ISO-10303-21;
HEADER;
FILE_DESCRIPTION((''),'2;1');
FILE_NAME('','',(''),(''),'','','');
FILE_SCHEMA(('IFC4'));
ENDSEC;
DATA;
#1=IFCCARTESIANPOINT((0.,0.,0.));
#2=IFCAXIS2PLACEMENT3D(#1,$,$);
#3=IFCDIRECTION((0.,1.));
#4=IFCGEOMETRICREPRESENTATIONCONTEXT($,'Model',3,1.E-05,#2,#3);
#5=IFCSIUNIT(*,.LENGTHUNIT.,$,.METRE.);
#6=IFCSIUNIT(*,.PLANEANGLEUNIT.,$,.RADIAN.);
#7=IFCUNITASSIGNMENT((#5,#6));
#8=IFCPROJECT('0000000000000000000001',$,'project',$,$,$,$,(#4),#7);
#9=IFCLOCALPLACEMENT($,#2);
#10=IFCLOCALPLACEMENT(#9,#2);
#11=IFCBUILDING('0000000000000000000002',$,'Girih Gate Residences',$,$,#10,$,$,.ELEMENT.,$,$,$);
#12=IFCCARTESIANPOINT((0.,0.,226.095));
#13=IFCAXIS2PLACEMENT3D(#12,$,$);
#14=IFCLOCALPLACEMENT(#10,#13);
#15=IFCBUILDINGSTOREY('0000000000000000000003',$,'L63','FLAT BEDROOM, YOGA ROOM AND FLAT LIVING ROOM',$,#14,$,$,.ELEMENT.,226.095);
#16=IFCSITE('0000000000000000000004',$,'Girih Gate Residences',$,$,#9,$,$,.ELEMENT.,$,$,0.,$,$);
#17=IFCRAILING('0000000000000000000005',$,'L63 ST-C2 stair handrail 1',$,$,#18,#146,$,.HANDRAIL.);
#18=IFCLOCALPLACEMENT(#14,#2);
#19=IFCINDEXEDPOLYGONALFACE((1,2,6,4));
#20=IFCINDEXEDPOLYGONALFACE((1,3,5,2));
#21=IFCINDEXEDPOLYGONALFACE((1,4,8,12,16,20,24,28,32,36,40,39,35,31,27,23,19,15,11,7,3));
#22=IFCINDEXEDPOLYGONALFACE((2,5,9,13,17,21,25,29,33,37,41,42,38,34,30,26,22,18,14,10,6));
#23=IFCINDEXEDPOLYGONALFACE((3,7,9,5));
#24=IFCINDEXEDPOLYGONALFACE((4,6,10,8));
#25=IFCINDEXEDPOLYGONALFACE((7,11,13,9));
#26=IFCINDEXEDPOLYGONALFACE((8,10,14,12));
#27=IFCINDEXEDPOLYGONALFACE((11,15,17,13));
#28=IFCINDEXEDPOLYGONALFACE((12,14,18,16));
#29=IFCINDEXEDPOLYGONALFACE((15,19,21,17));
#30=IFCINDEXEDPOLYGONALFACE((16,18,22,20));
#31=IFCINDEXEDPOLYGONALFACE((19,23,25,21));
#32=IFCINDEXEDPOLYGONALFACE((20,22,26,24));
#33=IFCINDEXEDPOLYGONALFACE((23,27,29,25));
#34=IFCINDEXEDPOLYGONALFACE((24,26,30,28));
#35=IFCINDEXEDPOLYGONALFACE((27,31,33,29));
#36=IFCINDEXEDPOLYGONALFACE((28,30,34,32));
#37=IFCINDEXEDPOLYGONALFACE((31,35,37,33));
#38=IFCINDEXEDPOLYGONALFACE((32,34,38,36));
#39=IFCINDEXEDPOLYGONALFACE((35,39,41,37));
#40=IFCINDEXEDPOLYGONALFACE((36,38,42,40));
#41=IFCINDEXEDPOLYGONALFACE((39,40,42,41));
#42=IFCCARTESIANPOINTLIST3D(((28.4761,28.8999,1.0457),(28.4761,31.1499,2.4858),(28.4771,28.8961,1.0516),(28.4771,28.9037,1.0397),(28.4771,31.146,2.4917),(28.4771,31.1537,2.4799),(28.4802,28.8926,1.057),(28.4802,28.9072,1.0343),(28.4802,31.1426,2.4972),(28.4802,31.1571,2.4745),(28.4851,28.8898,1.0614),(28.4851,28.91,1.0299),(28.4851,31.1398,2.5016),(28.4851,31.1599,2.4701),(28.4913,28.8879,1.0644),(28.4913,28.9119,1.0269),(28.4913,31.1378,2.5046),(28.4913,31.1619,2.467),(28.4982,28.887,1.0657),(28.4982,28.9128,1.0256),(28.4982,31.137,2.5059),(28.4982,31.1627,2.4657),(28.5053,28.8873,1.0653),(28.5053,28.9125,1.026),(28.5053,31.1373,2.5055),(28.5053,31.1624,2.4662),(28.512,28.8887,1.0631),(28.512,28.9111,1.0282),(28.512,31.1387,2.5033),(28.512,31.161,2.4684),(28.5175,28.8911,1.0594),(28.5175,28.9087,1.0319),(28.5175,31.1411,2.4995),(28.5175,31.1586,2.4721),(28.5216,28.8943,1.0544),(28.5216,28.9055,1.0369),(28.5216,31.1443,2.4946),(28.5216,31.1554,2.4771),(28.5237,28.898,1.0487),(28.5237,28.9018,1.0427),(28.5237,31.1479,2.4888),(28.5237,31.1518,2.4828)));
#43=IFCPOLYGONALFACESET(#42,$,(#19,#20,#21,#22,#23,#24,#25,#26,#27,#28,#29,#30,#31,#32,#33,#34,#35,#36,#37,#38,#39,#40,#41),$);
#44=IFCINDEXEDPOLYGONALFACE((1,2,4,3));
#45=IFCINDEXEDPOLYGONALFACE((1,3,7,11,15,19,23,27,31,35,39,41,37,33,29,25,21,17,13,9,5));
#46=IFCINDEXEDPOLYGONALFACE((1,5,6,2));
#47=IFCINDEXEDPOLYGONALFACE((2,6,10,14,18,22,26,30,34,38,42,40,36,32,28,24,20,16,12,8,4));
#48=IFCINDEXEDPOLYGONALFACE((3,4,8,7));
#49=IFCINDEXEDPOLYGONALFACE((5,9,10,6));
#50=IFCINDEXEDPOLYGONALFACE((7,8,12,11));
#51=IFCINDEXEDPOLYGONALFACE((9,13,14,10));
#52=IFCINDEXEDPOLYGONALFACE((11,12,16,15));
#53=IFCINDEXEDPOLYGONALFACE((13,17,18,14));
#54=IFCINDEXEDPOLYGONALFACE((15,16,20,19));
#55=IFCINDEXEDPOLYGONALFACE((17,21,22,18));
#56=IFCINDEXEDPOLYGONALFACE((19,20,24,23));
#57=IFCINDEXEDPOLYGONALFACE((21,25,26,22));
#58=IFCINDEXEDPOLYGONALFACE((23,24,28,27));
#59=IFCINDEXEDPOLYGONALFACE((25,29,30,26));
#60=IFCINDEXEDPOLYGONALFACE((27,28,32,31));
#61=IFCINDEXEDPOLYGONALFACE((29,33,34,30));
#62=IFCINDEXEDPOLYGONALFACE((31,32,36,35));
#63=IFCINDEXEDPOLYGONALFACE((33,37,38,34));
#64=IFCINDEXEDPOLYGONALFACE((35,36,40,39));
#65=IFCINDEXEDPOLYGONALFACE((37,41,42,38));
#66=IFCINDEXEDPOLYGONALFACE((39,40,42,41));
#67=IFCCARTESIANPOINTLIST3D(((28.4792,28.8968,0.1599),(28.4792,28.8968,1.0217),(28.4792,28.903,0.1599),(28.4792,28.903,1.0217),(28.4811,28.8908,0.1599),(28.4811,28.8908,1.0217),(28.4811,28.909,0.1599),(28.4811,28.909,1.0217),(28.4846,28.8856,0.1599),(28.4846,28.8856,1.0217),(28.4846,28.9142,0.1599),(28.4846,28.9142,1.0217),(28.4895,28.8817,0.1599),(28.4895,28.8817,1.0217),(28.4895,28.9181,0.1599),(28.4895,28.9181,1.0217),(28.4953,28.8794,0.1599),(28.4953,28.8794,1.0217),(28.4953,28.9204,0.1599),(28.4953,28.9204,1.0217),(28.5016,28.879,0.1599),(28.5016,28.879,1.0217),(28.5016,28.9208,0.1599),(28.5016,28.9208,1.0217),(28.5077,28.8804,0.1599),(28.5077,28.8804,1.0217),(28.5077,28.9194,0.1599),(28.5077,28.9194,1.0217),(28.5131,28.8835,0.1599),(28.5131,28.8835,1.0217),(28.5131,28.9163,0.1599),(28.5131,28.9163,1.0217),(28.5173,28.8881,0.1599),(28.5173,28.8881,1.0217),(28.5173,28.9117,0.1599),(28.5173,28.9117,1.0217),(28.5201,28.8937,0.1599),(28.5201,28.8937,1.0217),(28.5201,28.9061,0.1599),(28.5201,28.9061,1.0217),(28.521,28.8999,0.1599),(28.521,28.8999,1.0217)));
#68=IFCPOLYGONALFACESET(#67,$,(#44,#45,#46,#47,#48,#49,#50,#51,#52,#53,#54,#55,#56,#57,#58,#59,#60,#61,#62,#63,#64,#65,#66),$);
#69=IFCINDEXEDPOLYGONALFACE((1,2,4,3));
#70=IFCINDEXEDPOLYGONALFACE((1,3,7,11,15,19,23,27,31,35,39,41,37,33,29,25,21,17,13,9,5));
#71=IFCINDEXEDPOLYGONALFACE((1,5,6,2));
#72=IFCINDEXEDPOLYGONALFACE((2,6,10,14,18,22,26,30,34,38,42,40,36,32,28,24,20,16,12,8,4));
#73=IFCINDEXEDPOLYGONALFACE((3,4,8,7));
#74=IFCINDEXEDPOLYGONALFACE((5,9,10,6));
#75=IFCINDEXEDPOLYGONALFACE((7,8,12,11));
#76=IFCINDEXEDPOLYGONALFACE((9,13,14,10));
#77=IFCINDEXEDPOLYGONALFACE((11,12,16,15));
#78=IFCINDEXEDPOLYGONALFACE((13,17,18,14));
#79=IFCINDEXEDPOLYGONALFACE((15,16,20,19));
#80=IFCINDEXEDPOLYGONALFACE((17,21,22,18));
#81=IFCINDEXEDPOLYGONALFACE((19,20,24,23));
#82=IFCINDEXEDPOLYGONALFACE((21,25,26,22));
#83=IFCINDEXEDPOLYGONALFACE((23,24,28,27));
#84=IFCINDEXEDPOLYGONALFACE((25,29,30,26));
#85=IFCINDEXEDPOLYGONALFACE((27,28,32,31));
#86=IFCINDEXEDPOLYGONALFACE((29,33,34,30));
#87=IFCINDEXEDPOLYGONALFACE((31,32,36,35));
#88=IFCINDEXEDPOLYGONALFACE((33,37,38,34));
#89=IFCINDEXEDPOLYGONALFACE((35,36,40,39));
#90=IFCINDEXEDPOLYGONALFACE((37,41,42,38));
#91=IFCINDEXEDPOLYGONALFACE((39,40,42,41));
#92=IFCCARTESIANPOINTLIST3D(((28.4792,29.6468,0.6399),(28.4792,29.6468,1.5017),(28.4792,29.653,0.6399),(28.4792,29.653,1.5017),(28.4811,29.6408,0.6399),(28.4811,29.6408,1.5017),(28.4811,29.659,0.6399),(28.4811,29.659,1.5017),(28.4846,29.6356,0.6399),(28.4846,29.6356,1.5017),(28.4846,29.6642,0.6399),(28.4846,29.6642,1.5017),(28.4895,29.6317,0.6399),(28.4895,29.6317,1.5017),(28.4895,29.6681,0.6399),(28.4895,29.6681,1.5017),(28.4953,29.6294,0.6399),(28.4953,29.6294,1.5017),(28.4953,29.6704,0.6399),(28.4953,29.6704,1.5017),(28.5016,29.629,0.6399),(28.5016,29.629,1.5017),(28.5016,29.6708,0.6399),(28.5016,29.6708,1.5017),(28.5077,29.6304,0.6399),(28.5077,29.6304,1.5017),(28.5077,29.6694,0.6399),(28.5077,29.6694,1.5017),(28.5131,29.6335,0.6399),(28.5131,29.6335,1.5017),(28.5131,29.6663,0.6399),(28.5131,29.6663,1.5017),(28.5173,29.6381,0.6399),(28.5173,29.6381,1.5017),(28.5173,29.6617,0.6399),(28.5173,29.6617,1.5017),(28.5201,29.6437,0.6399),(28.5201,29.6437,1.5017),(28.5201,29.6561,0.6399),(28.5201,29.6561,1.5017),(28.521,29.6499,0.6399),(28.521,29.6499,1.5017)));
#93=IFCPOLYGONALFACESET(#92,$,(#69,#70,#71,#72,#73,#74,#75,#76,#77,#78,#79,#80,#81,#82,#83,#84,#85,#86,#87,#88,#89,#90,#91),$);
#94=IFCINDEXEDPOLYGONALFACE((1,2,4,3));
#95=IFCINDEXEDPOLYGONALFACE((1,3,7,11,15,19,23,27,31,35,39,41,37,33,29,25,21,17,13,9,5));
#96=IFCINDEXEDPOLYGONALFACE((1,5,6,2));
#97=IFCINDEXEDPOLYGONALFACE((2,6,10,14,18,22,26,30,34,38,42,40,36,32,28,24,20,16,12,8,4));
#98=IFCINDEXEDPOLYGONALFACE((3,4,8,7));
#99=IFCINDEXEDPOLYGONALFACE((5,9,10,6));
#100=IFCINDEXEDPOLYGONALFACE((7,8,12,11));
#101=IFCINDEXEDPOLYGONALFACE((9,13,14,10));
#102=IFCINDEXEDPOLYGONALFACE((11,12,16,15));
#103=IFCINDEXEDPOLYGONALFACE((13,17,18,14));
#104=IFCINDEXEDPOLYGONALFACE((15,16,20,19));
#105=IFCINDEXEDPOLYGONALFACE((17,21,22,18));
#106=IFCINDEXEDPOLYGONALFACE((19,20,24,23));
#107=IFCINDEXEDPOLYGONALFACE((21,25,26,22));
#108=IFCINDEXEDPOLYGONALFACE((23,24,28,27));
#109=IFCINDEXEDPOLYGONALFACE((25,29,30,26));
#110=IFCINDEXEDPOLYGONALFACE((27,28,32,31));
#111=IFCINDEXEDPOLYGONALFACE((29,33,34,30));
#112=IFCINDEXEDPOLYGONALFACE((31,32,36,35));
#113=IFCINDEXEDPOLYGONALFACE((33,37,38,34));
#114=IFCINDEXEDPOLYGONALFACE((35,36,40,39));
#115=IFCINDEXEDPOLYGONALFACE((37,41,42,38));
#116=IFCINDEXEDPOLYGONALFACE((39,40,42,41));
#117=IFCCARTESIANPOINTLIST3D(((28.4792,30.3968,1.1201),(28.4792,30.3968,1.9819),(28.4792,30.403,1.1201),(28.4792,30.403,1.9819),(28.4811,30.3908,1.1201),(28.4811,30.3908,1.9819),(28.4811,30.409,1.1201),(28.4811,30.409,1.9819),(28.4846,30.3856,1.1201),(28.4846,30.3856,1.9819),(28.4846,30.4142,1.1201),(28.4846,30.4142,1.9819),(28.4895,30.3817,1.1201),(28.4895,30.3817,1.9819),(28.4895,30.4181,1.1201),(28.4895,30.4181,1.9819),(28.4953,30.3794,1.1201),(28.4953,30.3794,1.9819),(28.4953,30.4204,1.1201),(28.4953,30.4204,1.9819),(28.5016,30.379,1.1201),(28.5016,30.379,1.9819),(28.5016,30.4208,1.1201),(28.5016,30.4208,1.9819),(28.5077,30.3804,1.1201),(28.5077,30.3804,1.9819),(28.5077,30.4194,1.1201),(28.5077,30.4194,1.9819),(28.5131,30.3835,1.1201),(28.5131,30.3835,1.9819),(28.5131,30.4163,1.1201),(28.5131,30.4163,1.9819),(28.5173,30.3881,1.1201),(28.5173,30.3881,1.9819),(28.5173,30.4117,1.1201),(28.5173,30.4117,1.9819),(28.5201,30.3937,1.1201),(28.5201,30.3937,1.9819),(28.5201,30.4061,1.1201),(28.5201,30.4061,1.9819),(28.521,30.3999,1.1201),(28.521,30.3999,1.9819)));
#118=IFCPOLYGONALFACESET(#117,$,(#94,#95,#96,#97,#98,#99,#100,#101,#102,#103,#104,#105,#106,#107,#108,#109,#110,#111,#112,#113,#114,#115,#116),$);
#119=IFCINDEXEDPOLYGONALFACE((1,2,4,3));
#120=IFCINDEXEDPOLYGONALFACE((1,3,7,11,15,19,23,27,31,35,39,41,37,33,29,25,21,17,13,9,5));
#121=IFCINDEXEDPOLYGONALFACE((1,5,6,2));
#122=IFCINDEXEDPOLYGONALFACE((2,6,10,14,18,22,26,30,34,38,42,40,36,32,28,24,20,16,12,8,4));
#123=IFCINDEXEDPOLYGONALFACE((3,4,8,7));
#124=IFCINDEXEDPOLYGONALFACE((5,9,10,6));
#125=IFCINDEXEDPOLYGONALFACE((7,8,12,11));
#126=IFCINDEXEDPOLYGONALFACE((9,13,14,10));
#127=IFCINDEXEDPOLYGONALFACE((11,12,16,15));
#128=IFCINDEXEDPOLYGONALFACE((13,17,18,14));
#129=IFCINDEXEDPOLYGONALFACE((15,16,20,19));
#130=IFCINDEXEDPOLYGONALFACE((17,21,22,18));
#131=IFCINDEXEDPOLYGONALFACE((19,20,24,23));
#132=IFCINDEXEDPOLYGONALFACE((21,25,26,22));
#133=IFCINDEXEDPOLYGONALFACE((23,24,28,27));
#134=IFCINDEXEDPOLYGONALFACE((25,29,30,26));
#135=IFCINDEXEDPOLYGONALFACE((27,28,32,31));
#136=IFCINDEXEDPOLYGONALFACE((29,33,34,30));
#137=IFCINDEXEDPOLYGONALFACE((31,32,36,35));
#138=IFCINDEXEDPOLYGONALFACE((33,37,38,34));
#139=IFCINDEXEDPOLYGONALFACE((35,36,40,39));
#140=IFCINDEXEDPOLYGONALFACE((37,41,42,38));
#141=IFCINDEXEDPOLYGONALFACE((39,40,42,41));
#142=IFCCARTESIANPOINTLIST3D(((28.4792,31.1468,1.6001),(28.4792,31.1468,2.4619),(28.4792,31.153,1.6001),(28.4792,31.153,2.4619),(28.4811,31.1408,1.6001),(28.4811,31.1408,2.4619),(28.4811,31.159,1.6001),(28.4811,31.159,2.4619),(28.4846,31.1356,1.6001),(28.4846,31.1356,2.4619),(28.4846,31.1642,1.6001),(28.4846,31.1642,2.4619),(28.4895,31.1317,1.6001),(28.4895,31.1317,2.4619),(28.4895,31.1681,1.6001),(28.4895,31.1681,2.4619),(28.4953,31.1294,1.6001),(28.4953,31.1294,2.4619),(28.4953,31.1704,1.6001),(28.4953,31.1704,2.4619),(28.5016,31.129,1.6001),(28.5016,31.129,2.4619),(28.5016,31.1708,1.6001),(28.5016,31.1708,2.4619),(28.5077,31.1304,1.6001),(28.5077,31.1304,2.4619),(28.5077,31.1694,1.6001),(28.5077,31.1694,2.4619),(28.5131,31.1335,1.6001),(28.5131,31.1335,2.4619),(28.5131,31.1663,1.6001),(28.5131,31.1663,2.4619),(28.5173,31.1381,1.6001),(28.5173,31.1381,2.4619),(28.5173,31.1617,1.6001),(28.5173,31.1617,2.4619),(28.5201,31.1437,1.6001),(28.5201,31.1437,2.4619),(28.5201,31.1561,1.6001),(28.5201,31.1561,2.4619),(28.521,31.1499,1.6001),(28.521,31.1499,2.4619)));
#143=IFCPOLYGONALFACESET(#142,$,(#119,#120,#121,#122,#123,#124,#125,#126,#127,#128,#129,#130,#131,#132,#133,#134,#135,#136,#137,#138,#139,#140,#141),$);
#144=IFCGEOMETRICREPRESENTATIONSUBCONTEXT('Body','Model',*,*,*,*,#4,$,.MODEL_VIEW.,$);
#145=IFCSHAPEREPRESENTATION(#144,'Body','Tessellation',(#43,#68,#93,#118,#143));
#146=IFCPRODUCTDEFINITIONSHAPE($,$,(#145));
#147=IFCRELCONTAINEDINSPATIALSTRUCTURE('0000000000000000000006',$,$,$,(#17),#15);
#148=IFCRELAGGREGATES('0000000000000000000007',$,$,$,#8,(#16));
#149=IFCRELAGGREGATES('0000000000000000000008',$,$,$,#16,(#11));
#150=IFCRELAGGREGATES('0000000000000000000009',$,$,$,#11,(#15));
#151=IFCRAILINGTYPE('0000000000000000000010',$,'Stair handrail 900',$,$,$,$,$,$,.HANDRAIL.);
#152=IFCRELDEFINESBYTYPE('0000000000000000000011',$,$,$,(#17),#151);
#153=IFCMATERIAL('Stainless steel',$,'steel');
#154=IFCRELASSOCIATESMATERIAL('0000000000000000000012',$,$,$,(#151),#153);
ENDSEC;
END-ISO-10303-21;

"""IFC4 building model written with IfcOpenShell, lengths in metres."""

from ifc_helpers import new_model, si_unit, direction, frame, origin, origin_2d, place, context, subcontext, project, spatial, circle, extrude, material, type_object, element, save


model = new_model("IFC4")

# Units and contexts
model_context = context("Model", 3, precision=1e-05, world=origin(), true_north=direction((0.0, 1.0)))
body_context = subcontext(model_context, "Body", "Model", "MODEL_VIEW")
ifc_project = project(units=[si_unit("LENGTHUNIT", "METRE"), si_unit("PLANEANGLEUNIT", "RADIAN")], contexts=[model_context])

# Site, building, storey
site_placement = place(None, origin())
site = spatial("IfcSite", under=ifc_project, at=site_placement, Name="Girih Gate Residences", CompositionType="ELEMENT", RefElevation=0.0)
building_placement = place(site_placement, origin())
building = spatial("IfcBuilding", under=site, at=building_placement, Name="Girih Gate Residences", CompositionType="ELEMENT")
storey_placement = place(building_placement, frame((0.0, 0.0, 226.095)))
storey = spatial("IfcBuildingStorey", under=building, at=storey_placement, Name="L63", Description="FLAT BEDROOM, YOGA ROOM AND FLAT LIVING ROOM", CompositionType="ELEMENT", Elevation=226.095)

# Railing
ifc_material_1 = material(Name="Stainless steel", Category="steel")
railing_type_1 = type_object("IfcRailingType", Name="Stair handrail 900", PredefinedType="HANDRAIL", material=ifc_material_1)
for number, where, name in (
    (1, (28.5, 28.8999, 0.1599), "L63 ST-C2 stair handrail 1"),
):
    element("IfcRailing", number, at=place(storey_placement, frame(where)), inside=storey, type_object=railing_type_1, Name=name, PredefinedType="HANDRAIL", context=body_context, shape_type="SweptSolid", body=[
        extrude(circle(Radius=0.0239, at=origin_2d()), frame((0.0, 0.0, 0.8857), z_axis=(0.0, 0.84224, 0.539103), x_axis=(-1.0, 0.0, 0.0)), (0.0, 0.0, 1.0), 2.6714),
        extrude(circle(Radius=0.021, at=origin_2d()), origin(), (0.0, 0.0, 1.0), 0.8618),
        extrude(circle(Radius=0.021, at=origin_2d()), frame((0.0, 0.75, 0.48)), (0.0, 0.0, 1.0), 0.8618),
        extrude(circle(Radius=0.021, at=origin_2d()), frame((0.0, 1.5, 0.9602)), (0.0, 0.0, 1.0), 0.8618),
        extrude(circle(Radius=0.021, at=origin_2d()), frame((0.0, 2.25, 1.4402)), (0.0, 0.0, 1.0), 0.8618),
    ])

save(model, "model.ifc")
